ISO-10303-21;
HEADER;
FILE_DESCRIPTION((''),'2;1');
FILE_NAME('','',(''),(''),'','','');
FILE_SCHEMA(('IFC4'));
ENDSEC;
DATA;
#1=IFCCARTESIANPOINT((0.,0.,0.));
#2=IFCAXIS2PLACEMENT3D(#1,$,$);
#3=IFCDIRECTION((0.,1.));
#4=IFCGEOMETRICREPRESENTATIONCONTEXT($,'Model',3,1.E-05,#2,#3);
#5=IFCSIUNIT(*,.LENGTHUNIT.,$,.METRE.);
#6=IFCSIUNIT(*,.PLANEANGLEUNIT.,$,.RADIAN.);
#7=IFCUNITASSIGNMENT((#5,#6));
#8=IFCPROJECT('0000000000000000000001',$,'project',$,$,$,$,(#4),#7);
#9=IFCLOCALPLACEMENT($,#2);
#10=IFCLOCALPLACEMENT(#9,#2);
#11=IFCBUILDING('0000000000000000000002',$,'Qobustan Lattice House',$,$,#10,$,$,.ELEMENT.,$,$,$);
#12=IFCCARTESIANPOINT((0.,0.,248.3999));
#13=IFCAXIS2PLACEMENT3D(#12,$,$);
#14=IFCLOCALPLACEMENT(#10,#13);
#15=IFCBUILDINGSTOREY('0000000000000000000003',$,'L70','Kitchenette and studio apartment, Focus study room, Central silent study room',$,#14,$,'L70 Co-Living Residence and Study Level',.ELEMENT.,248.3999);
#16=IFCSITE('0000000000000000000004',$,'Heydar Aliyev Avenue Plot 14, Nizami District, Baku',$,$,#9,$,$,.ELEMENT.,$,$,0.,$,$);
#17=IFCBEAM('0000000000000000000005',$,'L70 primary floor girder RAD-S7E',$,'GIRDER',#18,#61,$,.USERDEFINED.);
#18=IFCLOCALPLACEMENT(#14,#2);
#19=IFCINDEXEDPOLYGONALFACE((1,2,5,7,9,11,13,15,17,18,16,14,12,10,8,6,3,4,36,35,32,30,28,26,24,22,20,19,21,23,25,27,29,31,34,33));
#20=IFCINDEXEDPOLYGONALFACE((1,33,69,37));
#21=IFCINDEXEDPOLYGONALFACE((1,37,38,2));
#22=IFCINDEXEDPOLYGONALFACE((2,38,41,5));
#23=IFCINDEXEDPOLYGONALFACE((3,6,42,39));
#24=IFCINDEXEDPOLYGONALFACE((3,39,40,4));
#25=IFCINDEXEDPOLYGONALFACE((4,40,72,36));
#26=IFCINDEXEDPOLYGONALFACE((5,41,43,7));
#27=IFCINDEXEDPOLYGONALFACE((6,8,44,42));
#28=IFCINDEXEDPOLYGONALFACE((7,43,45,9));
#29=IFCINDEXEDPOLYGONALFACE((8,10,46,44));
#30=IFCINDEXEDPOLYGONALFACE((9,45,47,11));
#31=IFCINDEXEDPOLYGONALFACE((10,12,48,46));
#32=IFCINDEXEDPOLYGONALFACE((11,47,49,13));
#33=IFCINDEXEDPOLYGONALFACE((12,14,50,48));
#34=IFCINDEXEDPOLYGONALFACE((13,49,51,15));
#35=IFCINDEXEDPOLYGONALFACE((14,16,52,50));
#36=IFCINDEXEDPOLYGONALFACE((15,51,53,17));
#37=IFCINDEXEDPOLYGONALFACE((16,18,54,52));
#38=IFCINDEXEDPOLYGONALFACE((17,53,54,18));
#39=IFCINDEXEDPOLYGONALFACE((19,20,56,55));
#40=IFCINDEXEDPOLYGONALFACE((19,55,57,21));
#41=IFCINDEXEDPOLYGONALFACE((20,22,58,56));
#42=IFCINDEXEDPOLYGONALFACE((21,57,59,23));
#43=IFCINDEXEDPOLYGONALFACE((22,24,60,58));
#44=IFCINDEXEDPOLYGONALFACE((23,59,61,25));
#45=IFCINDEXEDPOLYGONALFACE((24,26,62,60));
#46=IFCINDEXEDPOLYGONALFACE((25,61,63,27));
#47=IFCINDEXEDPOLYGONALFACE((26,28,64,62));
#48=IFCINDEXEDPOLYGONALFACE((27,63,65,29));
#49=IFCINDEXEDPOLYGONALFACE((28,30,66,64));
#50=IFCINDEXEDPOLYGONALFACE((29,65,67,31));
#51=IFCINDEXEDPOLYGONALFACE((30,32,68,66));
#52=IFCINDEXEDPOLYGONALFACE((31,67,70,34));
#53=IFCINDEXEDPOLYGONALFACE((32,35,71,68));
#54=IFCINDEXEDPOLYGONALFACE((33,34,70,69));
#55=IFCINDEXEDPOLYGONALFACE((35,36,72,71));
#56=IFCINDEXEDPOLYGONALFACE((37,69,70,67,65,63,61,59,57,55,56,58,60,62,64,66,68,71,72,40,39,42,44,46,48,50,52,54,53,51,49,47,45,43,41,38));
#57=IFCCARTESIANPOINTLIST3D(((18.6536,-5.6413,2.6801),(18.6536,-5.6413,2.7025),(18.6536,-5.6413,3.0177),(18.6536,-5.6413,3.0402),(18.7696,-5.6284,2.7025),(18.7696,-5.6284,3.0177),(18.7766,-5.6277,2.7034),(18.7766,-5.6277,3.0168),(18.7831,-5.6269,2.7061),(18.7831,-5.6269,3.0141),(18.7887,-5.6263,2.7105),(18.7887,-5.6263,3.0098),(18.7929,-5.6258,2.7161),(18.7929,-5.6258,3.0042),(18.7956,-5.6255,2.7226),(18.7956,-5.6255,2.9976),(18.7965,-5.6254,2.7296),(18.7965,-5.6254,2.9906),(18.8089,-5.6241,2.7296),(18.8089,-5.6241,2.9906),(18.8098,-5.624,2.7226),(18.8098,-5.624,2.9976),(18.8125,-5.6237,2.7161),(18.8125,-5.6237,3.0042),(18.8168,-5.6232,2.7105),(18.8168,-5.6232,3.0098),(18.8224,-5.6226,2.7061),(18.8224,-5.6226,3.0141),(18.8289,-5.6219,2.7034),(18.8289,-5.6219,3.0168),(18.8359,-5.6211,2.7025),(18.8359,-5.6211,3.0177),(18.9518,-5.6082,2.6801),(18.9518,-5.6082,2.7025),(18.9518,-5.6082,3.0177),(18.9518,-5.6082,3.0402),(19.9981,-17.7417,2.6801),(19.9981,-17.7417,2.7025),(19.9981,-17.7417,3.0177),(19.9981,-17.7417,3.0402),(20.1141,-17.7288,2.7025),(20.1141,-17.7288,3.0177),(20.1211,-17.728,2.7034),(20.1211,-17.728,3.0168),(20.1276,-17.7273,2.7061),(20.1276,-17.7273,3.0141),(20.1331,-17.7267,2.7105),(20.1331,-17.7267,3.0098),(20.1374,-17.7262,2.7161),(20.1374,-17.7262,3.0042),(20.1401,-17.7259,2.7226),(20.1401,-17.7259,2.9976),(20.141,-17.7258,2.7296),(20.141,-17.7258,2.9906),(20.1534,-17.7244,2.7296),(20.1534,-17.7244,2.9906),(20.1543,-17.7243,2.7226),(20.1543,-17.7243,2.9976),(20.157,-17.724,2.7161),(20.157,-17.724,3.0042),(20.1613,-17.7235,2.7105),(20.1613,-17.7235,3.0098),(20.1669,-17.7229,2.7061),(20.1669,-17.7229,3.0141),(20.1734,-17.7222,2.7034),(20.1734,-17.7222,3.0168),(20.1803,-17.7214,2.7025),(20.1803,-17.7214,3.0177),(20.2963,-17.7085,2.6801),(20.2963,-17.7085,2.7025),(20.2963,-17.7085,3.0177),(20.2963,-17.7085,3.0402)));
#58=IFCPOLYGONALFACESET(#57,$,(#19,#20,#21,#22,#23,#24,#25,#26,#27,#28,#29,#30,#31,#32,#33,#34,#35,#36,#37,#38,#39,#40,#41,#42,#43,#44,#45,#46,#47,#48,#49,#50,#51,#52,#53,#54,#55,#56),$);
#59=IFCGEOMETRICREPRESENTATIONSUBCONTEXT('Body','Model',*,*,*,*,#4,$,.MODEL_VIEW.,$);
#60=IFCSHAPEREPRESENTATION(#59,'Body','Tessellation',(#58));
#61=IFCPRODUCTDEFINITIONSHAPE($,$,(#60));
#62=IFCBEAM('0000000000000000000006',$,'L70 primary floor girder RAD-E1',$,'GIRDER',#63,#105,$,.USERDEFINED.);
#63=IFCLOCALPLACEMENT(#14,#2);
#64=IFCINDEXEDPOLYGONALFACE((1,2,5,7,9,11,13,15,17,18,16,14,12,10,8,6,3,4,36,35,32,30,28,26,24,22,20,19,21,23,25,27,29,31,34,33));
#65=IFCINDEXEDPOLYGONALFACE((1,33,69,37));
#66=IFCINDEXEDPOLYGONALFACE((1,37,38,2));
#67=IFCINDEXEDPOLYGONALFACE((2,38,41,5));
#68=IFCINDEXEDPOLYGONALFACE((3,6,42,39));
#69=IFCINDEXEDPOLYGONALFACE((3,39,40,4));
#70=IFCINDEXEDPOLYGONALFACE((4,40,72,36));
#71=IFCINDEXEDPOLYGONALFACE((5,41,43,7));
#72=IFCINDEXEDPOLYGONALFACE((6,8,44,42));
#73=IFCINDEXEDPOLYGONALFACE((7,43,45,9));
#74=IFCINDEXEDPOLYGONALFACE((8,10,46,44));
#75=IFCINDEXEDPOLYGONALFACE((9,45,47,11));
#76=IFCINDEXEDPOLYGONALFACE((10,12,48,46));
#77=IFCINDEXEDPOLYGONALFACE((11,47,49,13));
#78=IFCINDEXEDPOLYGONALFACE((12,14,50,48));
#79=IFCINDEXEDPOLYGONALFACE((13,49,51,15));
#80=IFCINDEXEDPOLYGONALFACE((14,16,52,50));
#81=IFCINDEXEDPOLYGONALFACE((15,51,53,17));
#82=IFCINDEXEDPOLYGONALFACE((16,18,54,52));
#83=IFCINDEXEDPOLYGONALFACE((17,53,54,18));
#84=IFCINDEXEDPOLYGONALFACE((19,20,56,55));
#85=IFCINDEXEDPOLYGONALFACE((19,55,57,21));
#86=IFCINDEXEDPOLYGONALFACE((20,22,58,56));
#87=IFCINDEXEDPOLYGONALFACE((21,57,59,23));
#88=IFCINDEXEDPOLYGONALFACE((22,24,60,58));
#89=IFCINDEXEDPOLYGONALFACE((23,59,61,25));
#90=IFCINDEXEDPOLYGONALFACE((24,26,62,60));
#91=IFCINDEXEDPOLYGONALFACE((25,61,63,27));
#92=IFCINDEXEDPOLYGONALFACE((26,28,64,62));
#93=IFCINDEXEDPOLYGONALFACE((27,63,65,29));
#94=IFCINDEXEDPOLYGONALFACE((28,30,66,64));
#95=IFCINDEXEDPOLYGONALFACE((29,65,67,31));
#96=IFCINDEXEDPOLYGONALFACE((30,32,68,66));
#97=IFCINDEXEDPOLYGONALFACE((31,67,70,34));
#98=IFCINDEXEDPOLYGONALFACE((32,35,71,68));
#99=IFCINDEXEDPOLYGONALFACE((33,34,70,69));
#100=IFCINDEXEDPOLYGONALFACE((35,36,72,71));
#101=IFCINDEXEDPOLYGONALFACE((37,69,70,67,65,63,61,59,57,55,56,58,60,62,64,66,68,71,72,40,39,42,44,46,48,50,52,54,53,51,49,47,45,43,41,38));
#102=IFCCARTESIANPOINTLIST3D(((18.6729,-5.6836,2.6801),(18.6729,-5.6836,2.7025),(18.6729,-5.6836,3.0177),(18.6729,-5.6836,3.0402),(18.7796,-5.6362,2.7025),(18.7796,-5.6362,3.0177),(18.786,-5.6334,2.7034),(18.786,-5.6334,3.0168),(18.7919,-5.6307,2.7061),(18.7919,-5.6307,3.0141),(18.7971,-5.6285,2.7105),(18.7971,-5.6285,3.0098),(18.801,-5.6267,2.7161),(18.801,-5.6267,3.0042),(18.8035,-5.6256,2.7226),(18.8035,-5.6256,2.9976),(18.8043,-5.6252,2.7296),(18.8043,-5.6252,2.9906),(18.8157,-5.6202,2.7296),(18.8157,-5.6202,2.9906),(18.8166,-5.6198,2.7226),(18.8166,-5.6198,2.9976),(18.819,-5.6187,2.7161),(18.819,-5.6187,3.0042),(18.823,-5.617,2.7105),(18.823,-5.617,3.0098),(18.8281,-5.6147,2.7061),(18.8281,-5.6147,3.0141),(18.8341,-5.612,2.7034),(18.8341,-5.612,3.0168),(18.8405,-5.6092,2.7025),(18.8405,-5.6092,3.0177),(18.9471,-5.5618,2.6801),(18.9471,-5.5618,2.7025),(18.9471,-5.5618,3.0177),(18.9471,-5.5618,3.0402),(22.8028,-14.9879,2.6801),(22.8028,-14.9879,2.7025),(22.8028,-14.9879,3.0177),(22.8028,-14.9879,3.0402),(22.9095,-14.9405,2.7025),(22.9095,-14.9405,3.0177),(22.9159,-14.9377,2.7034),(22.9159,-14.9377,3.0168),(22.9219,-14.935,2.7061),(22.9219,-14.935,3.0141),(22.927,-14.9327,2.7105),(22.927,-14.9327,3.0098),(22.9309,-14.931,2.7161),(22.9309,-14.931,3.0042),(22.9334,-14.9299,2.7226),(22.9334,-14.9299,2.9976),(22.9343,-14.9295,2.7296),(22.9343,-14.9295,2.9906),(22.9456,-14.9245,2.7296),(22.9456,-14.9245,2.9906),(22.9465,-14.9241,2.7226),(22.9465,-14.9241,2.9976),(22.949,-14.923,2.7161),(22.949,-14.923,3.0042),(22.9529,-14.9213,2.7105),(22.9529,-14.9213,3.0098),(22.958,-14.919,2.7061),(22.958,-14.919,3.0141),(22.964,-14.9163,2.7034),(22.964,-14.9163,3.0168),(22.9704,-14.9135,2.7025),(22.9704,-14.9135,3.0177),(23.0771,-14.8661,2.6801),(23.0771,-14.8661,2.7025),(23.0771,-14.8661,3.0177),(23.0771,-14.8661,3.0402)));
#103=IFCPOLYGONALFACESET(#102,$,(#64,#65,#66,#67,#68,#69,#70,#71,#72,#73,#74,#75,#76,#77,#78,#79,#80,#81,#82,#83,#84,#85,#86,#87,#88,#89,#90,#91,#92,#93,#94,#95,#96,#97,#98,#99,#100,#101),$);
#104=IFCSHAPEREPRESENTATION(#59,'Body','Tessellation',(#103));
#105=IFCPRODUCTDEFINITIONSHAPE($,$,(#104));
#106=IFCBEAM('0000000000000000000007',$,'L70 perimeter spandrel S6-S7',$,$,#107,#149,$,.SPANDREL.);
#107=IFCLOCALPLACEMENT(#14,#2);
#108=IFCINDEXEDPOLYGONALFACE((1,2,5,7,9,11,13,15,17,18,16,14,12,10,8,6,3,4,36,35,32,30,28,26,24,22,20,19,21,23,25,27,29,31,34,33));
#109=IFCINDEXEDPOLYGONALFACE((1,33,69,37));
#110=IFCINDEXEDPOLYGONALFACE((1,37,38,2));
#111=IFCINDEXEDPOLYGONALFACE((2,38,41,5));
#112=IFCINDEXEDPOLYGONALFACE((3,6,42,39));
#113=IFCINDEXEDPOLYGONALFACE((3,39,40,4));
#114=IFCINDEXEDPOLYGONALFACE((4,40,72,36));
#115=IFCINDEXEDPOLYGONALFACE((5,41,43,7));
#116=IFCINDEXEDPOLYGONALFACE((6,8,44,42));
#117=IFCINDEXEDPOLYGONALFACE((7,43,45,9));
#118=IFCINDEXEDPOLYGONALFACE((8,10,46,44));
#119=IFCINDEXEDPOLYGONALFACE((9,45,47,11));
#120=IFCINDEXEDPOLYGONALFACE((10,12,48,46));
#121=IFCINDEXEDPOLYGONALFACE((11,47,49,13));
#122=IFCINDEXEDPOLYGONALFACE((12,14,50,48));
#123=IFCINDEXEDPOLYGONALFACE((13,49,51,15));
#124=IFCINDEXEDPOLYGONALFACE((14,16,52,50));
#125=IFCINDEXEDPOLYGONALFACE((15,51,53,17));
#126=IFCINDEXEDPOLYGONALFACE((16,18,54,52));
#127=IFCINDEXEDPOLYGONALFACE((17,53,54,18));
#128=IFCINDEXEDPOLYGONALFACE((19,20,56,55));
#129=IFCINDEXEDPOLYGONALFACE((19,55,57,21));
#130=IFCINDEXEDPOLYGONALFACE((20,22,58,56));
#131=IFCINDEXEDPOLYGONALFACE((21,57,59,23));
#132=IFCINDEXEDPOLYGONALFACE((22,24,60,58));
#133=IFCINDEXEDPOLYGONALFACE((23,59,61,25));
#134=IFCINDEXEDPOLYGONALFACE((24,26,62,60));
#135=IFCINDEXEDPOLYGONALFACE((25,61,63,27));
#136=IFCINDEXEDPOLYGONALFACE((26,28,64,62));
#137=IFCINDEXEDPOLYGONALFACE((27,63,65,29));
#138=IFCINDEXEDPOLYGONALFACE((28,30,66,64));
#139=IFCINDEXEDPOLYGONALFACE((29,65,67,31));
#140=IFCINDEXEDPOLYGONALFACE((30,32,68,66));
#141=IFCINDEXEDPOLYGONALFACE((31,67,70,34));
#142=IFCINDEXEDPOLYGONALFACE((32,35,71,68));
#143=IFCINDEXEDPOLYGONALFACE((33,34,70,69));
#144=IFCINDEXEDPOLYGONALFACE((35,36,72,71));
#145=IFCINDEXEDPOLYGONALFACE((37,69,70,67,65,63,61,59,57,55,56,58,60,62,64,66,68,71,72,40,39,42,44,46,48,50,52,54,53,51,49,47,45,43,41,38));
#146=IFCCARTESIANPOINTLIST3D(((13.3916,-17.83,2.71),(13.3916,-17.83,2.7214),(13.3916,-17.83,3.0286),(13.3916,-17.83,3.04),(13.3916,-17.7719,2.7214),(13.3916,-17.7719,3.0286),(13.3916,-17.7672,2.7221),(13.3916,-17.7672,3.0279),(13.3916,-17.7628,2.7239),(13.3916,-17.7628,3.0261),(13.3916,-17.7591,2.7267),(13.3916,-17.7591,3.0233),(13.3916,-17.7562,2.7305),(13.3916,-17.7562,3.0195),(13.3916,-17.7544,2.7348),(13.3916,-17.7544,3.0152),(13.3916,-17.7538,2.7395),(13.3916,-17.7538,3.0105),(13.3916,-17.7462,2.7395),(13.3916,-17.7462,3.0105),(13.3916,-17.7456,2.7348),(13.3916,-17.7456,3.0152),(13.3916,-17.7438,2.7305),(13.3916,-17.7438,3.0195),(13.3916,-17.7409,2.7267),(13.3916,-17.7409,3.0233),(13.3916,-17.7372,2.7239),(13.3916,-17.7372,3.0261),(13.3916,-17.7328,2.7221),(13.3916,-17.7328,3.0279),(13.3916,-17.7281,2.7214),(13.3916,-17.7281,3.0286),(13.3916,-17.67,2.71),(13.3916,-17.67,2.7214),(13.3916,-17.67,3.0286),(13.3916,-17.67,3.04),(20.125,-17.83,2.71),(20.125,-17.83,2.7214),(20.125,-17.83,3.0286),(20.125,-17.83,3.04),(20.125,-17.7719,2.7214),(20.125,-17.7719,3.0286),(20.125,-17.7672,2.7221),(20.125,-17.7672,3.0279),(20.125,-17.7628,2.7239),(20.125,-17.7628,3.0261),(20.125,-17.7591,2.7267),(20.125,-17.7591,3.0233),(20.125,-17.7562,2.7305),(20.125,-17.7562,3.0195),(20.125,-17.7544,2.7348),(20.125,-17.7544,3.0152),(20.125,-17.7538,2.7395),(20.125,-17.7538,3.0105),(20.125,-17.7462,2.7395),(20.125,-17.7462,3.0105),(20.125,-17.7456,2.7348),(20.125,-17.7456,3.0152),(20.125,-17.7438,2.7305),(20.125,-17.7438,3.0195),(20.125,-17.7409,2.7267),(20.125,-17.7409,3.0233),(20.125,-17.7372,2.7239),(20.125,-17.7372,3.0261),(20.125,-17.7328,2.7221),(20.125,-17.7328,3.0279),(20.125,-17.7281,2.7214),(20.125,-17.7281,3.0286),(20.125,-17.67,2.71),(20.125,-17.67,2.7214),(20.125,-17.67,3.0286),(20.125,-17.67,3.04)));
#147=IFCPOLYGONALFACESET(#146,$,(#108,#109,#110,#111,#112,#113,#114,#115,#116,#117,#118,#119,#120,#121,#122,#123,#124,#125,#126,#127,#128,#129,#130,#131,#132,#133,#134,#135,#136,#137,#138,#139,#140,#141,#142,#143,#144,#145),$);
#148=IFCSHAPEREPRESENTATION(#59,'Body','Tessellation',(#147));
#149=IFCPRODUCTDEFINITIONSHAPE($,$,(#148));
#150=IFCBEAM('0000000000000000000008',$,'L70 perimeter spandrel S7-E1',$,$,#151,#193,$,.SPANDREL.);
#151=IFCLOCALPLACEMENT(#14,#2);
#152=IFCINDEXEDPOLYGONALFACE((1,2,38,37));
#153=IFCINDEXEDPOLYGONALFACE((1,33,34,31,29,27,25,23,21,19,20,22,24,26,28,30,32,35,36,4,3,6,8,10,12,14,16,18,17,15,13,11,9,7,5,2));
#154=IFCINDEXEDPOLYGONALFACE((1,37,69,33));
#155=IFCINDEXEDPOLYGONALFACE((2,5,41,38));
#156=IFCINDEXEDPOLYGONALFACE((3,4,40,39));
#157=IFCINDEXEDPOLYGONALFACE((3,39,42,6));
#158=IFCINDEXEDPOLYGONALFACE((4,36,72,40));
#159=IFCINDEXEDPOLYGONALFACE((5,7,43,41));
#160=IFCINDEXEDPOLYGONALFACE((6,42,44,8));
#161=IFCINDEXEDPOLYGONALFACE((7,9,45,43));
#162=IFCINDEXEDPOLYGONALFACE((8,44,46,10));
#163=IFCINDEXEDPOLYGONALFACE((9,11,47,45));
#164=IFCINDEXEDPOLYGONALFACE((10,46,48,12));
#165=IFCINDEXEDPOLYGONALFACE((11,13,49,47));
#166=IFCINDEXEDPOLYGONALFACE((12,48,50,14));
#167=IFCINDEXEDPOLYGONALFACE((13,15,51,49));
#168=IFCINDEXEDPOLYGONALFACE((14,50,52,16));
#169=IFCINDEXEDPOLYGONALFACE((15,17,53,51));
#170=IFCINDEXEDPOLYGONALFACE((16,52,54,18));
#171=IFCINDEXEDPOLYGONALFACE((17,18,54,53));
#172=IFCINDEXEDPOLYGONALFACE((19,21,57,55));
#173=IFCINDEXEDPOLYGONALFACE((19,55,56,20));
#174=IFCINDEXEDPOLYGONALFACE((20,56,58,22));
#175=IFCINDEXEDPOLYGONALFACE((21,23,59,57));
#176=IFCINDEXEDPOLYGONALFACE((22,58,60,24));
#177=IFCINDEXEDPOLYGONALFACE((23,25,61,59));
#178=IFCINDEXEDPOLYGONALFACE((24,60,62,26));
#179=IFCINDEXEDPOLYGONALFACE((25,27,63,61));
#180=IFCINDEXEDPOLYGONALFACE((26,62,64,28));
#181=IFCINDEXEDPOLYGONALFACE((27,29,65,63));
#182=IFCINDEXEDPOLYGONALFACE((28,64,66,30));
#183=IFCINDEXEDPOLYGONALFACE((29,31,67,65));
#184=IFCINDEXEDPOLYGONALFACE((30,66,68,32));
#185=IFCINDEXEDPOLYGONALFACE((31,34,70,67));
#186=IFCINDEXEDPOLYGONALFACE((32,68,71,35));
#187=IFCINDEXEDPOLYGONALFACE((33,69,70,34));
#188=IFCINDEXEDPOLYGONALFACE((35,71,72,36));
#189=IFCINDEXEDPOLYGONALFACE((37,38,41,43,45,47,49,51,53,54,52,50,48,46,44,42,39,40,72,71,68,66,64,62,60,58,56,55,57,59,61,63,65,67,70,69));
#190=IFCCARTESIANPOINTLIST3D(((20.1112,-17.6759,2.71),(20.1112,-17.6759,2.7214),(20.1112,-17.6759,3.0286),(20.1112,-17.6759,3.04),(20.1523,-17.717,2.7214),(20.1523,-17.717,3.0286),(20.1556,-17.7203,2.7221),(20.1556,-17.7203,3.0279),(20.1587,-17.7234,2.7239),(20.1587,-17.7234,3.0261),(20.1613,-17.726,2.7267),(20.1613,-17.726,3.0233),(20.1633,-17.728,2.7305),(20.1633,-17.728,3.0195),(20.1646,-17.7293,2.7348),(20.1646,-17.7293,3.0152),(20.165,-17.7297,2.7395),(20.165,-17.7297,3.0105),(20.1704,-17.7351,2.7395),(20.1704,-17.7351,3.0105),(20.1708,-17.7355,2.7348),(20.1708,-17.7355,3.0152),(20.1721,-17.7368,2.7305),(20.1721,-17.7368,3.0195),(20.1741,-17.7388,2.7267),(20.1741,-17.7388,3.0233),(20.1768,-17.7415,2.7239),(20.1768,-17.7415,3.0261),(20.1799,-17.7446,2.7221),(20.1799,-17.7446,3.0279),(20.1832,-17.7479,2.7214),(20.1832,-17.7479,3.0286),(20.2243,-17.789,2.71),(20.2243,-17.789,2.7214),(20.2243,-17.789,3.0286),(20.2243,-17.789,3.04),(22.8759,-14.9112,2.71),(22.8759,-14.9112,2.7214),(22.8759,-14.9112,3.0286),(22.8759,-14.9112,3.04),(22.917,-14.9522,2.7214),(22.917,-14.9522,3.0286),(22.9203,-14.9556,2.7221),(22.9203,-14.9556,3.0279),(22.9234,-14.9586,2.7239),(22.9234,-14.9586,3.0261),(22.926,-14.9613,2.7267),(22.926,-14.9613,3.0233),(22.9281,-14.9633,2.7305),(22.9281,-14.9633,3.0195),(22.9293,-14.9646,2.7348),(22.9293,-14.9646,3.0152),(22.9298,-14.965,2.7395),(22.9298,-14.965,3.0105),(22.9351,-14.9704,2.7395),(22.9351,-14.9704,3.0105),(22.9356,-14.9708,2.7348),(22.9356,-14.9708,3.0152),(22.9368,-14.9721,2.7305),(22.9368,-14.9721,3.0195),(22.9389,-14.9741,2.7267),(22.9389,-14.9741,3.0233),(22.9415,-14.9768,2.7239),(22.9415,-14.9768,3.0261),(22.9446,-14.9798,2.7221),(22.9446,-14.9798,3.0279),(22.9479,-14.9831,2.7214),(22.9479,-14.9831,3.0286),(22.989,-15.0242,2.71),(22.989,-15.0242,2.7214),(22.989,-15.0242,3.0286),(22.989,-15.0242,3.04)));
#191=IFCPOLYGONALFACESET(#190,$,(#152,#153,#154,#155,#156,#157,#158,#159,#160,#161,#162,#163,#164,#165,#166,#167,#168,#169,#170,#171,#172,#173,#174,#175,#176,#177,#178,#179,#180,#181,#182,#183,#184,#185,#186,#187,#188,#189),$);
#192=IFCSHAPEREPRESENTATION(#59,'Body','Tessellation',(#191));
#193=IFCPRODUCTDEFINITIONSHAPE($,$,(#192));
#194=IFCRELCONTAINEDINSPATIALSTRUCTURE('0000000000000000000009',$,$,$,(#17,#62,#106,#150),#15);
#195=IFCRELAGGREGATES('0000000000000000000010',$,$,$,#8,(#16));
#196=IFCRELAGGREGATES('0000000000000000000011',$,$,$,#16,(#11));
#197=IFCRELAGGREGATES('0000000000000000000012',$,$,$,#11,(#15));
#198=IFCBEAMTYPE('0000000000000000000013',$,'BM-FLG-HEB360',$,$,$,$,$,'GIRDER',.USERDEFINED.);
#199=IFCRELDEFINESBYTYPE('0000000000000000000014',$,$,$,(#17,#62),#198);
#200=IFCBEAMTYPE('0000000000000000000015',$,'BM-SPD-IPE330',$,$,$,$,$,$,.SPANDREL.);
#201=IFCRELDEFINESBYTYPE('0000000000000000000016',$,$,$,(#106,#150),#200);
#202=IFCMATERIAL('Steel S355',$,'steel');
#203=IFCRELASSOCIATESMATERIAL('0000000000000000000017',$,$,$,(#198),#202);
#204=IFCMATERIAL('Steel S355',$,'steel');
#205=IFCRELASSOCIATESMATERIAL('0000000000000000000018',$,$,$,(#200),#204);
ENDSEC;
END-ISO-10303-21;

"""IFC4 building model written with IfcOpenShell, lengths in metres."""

from ifc_helpers import new_model, si_unit, direction, frame, origin, origin_2d, place, context, subcontext, project, spatial, i_section, extrude, material, material_profile, profile_set, type_object, element, save


model = new_model("IFC4")

# Units and contexts
model_context = context("Model", 3, precision=1e-05, world=origin(), true_north=direction((0.0, 1.0)))
body_context = subcontext(model_context, "Body", "Model", "MODEL_VIEW")
ifc_project = project(units=[si_unit("LENGTHUNIT", "METRE"), si_unit("PLANEANGLEUNIT", "RADIAN")], contexts=[model_context])

# Site, building, storey
site_placement = place(None, origin())
site = spatial("IfcSite", under=ifc_project, at=site_placement, Name="Heydar Aliyev Avenue Plot 14, Nizami District, Baku", CompositionType="ELEMENT", RefElevation=0.0)
building_placement = place(site_placement, origin())
building = spatial("IfcBuilding", under=site, at=building_placement, Name="Qobustan Lattice House", CompositionType="ELEMENT")
storey_placement = place(building_placement, frame((0.0, 0.0, 248.3999)))
storey = spatial("IfcBuildingStorey", under=building, at=storey_placement, Name="L70", Description="Kitchenette and studio apartment, Focus study room, Central silent study room", LongName="L70 Co-Living Residence and Study Level", CompositionType="ELEMENT", Elevation=248.3999)

# Beams
ifc_material_1 = material(Name="Steel S355", Category="steel")
ifc_material_profile_1 = material_profile(ifc_material_1, i_section(OverallWidth=0.3, OverallDepth=0.3601, WebThickness=0.0125, FlangeThickness=0.0225, FilletRadius=0.0271, at=origin_2d()), Name="HEB360")
ifc_profile_set_1 = profile_set([ifc_material_profile_1], Name="Steel S355")
beam_type_1 = type_object("IfcBeamType", Name="BM-FLG-HEB360", ElementType="GIRDER", PredefinedType="USERDEFINED", material=ifc_profile_set_1)
beam_1_placement = place(storey_placement, frame((20.1472, -17.7251, 2.8601), z_axis=(-0.110432, 0.993884, 0.0), x_axis=(-0.993884, -0.110432, 0.0)))
element("IfcBeam", 1, at=beam_1_placement, inside=storey, type_object=beam_type_1, Name="L70 primary floor girder RAD-S7E", ObjectType="GIRDER", PredefinedType="USERDEFINED", context=body_context, shape_type="SweptSolid", body=[
    extrude(i_section(OverallWidth=0.3, OverallDepth=0.3601, WebThickness=0.0125, FlangeThickness=0.0225, FilletRadius=0.0271, at=origin_2d()), origin(), (0.0, 0.0, 1.0), 12.1748),
])
beam_2_placement = place(storey_placement, frame((22.9399, -14.927, 2.8601), z_axis=(-0.405702, 0.914005, 0.0), x_axis=(-0.914005, -0.405702, 0.0)))
element("IfcBeam", 2, at=beam_2_placement, inside=storey, type_object=beam_type_1, Name="L70 primary floor girder RAD-E1", ObjectType="GIRDER", PredefinedType="USERDEFINED", context=body_context, shape_type="SweptSolid", body=[
    extrude(i_section(OverallWidth=0.3, OverallDepth=0.3601, WebThickness=0.0125, FlangeThickness=0.0225, FilletRadius=0.0271, at=origin_2d()), origin(), (0.0, 0.0, 1.0), 10.1797),
])
ifc_material_2 = material(Name="Steel S355", Category="steel")
ifc_material_profile_2 = material_profile(ifc_material_2, i_section(OverallWidth=0.1599, OverallDepth=0.3301, WebThickness=0.0076, FlangeThickness=0.0115, FilletRadius=0.0181, at=origin_2d()), Name="IPE330")
ifc_profile_set_2 = profile_set([ifc_material_profile_2], Name="Steel S355")
beam_type_2 = type_object("IfcBeamType", Name="BM-SPD-IPE330", PredefinedType="SPANDREL", material=ifc_profile_set_2)
beam_3_placement = place(storey_placement, frame((13.3916, -17.75, 2.875), z_axis=(1.0, 0.0, 0.0), x_axis=(0.0, 1.0, 0.0)))
element("IfcBeam", 3, at=beam_3_placement, inside=storey, type_object=beam_type_2, Name="L70 perimeter spandrel S6-S7", PredefinedType="SPANDREL", context=body_context, shape_type="SweptSolid", body=[
    extrude(i_section(OverallWidth=0.1599, OverallDepth=0.3301, WebThickness=0.0076, FlangeThickness=0.0115, FilletRadius=0.0181, at=origin_2d()), origin(), (0.0, 0.0, 1.0), 6.7334),
])
beam_4_placement = place(storey_placement, frame((20.1677, -17.7324, 2.875), z_axis=(0.707107, 0.707107, 0.0), x_axis=(-0.707107, 0.707107, 0.0)))
element("IfcBeam", 4, at=beam_4_placement, inside=storey, type_object=beam_type_2, Name="L70 perimeter spandrel S7-E1", PredefinedType="SPANDREL", context=body_context, shape_type="SweptSolid", body=[
    extrude(i_section(OverallWidth=0.1599, OverallDepth=0.3301, WebThickness=0.0076, FlangeThickness=0.0115, FilletRadius=0.0181, at=origin_2d()), origin(), (0.0, 0.0, 1.0), 3.9099),
])

save(model, "model.ifc")
